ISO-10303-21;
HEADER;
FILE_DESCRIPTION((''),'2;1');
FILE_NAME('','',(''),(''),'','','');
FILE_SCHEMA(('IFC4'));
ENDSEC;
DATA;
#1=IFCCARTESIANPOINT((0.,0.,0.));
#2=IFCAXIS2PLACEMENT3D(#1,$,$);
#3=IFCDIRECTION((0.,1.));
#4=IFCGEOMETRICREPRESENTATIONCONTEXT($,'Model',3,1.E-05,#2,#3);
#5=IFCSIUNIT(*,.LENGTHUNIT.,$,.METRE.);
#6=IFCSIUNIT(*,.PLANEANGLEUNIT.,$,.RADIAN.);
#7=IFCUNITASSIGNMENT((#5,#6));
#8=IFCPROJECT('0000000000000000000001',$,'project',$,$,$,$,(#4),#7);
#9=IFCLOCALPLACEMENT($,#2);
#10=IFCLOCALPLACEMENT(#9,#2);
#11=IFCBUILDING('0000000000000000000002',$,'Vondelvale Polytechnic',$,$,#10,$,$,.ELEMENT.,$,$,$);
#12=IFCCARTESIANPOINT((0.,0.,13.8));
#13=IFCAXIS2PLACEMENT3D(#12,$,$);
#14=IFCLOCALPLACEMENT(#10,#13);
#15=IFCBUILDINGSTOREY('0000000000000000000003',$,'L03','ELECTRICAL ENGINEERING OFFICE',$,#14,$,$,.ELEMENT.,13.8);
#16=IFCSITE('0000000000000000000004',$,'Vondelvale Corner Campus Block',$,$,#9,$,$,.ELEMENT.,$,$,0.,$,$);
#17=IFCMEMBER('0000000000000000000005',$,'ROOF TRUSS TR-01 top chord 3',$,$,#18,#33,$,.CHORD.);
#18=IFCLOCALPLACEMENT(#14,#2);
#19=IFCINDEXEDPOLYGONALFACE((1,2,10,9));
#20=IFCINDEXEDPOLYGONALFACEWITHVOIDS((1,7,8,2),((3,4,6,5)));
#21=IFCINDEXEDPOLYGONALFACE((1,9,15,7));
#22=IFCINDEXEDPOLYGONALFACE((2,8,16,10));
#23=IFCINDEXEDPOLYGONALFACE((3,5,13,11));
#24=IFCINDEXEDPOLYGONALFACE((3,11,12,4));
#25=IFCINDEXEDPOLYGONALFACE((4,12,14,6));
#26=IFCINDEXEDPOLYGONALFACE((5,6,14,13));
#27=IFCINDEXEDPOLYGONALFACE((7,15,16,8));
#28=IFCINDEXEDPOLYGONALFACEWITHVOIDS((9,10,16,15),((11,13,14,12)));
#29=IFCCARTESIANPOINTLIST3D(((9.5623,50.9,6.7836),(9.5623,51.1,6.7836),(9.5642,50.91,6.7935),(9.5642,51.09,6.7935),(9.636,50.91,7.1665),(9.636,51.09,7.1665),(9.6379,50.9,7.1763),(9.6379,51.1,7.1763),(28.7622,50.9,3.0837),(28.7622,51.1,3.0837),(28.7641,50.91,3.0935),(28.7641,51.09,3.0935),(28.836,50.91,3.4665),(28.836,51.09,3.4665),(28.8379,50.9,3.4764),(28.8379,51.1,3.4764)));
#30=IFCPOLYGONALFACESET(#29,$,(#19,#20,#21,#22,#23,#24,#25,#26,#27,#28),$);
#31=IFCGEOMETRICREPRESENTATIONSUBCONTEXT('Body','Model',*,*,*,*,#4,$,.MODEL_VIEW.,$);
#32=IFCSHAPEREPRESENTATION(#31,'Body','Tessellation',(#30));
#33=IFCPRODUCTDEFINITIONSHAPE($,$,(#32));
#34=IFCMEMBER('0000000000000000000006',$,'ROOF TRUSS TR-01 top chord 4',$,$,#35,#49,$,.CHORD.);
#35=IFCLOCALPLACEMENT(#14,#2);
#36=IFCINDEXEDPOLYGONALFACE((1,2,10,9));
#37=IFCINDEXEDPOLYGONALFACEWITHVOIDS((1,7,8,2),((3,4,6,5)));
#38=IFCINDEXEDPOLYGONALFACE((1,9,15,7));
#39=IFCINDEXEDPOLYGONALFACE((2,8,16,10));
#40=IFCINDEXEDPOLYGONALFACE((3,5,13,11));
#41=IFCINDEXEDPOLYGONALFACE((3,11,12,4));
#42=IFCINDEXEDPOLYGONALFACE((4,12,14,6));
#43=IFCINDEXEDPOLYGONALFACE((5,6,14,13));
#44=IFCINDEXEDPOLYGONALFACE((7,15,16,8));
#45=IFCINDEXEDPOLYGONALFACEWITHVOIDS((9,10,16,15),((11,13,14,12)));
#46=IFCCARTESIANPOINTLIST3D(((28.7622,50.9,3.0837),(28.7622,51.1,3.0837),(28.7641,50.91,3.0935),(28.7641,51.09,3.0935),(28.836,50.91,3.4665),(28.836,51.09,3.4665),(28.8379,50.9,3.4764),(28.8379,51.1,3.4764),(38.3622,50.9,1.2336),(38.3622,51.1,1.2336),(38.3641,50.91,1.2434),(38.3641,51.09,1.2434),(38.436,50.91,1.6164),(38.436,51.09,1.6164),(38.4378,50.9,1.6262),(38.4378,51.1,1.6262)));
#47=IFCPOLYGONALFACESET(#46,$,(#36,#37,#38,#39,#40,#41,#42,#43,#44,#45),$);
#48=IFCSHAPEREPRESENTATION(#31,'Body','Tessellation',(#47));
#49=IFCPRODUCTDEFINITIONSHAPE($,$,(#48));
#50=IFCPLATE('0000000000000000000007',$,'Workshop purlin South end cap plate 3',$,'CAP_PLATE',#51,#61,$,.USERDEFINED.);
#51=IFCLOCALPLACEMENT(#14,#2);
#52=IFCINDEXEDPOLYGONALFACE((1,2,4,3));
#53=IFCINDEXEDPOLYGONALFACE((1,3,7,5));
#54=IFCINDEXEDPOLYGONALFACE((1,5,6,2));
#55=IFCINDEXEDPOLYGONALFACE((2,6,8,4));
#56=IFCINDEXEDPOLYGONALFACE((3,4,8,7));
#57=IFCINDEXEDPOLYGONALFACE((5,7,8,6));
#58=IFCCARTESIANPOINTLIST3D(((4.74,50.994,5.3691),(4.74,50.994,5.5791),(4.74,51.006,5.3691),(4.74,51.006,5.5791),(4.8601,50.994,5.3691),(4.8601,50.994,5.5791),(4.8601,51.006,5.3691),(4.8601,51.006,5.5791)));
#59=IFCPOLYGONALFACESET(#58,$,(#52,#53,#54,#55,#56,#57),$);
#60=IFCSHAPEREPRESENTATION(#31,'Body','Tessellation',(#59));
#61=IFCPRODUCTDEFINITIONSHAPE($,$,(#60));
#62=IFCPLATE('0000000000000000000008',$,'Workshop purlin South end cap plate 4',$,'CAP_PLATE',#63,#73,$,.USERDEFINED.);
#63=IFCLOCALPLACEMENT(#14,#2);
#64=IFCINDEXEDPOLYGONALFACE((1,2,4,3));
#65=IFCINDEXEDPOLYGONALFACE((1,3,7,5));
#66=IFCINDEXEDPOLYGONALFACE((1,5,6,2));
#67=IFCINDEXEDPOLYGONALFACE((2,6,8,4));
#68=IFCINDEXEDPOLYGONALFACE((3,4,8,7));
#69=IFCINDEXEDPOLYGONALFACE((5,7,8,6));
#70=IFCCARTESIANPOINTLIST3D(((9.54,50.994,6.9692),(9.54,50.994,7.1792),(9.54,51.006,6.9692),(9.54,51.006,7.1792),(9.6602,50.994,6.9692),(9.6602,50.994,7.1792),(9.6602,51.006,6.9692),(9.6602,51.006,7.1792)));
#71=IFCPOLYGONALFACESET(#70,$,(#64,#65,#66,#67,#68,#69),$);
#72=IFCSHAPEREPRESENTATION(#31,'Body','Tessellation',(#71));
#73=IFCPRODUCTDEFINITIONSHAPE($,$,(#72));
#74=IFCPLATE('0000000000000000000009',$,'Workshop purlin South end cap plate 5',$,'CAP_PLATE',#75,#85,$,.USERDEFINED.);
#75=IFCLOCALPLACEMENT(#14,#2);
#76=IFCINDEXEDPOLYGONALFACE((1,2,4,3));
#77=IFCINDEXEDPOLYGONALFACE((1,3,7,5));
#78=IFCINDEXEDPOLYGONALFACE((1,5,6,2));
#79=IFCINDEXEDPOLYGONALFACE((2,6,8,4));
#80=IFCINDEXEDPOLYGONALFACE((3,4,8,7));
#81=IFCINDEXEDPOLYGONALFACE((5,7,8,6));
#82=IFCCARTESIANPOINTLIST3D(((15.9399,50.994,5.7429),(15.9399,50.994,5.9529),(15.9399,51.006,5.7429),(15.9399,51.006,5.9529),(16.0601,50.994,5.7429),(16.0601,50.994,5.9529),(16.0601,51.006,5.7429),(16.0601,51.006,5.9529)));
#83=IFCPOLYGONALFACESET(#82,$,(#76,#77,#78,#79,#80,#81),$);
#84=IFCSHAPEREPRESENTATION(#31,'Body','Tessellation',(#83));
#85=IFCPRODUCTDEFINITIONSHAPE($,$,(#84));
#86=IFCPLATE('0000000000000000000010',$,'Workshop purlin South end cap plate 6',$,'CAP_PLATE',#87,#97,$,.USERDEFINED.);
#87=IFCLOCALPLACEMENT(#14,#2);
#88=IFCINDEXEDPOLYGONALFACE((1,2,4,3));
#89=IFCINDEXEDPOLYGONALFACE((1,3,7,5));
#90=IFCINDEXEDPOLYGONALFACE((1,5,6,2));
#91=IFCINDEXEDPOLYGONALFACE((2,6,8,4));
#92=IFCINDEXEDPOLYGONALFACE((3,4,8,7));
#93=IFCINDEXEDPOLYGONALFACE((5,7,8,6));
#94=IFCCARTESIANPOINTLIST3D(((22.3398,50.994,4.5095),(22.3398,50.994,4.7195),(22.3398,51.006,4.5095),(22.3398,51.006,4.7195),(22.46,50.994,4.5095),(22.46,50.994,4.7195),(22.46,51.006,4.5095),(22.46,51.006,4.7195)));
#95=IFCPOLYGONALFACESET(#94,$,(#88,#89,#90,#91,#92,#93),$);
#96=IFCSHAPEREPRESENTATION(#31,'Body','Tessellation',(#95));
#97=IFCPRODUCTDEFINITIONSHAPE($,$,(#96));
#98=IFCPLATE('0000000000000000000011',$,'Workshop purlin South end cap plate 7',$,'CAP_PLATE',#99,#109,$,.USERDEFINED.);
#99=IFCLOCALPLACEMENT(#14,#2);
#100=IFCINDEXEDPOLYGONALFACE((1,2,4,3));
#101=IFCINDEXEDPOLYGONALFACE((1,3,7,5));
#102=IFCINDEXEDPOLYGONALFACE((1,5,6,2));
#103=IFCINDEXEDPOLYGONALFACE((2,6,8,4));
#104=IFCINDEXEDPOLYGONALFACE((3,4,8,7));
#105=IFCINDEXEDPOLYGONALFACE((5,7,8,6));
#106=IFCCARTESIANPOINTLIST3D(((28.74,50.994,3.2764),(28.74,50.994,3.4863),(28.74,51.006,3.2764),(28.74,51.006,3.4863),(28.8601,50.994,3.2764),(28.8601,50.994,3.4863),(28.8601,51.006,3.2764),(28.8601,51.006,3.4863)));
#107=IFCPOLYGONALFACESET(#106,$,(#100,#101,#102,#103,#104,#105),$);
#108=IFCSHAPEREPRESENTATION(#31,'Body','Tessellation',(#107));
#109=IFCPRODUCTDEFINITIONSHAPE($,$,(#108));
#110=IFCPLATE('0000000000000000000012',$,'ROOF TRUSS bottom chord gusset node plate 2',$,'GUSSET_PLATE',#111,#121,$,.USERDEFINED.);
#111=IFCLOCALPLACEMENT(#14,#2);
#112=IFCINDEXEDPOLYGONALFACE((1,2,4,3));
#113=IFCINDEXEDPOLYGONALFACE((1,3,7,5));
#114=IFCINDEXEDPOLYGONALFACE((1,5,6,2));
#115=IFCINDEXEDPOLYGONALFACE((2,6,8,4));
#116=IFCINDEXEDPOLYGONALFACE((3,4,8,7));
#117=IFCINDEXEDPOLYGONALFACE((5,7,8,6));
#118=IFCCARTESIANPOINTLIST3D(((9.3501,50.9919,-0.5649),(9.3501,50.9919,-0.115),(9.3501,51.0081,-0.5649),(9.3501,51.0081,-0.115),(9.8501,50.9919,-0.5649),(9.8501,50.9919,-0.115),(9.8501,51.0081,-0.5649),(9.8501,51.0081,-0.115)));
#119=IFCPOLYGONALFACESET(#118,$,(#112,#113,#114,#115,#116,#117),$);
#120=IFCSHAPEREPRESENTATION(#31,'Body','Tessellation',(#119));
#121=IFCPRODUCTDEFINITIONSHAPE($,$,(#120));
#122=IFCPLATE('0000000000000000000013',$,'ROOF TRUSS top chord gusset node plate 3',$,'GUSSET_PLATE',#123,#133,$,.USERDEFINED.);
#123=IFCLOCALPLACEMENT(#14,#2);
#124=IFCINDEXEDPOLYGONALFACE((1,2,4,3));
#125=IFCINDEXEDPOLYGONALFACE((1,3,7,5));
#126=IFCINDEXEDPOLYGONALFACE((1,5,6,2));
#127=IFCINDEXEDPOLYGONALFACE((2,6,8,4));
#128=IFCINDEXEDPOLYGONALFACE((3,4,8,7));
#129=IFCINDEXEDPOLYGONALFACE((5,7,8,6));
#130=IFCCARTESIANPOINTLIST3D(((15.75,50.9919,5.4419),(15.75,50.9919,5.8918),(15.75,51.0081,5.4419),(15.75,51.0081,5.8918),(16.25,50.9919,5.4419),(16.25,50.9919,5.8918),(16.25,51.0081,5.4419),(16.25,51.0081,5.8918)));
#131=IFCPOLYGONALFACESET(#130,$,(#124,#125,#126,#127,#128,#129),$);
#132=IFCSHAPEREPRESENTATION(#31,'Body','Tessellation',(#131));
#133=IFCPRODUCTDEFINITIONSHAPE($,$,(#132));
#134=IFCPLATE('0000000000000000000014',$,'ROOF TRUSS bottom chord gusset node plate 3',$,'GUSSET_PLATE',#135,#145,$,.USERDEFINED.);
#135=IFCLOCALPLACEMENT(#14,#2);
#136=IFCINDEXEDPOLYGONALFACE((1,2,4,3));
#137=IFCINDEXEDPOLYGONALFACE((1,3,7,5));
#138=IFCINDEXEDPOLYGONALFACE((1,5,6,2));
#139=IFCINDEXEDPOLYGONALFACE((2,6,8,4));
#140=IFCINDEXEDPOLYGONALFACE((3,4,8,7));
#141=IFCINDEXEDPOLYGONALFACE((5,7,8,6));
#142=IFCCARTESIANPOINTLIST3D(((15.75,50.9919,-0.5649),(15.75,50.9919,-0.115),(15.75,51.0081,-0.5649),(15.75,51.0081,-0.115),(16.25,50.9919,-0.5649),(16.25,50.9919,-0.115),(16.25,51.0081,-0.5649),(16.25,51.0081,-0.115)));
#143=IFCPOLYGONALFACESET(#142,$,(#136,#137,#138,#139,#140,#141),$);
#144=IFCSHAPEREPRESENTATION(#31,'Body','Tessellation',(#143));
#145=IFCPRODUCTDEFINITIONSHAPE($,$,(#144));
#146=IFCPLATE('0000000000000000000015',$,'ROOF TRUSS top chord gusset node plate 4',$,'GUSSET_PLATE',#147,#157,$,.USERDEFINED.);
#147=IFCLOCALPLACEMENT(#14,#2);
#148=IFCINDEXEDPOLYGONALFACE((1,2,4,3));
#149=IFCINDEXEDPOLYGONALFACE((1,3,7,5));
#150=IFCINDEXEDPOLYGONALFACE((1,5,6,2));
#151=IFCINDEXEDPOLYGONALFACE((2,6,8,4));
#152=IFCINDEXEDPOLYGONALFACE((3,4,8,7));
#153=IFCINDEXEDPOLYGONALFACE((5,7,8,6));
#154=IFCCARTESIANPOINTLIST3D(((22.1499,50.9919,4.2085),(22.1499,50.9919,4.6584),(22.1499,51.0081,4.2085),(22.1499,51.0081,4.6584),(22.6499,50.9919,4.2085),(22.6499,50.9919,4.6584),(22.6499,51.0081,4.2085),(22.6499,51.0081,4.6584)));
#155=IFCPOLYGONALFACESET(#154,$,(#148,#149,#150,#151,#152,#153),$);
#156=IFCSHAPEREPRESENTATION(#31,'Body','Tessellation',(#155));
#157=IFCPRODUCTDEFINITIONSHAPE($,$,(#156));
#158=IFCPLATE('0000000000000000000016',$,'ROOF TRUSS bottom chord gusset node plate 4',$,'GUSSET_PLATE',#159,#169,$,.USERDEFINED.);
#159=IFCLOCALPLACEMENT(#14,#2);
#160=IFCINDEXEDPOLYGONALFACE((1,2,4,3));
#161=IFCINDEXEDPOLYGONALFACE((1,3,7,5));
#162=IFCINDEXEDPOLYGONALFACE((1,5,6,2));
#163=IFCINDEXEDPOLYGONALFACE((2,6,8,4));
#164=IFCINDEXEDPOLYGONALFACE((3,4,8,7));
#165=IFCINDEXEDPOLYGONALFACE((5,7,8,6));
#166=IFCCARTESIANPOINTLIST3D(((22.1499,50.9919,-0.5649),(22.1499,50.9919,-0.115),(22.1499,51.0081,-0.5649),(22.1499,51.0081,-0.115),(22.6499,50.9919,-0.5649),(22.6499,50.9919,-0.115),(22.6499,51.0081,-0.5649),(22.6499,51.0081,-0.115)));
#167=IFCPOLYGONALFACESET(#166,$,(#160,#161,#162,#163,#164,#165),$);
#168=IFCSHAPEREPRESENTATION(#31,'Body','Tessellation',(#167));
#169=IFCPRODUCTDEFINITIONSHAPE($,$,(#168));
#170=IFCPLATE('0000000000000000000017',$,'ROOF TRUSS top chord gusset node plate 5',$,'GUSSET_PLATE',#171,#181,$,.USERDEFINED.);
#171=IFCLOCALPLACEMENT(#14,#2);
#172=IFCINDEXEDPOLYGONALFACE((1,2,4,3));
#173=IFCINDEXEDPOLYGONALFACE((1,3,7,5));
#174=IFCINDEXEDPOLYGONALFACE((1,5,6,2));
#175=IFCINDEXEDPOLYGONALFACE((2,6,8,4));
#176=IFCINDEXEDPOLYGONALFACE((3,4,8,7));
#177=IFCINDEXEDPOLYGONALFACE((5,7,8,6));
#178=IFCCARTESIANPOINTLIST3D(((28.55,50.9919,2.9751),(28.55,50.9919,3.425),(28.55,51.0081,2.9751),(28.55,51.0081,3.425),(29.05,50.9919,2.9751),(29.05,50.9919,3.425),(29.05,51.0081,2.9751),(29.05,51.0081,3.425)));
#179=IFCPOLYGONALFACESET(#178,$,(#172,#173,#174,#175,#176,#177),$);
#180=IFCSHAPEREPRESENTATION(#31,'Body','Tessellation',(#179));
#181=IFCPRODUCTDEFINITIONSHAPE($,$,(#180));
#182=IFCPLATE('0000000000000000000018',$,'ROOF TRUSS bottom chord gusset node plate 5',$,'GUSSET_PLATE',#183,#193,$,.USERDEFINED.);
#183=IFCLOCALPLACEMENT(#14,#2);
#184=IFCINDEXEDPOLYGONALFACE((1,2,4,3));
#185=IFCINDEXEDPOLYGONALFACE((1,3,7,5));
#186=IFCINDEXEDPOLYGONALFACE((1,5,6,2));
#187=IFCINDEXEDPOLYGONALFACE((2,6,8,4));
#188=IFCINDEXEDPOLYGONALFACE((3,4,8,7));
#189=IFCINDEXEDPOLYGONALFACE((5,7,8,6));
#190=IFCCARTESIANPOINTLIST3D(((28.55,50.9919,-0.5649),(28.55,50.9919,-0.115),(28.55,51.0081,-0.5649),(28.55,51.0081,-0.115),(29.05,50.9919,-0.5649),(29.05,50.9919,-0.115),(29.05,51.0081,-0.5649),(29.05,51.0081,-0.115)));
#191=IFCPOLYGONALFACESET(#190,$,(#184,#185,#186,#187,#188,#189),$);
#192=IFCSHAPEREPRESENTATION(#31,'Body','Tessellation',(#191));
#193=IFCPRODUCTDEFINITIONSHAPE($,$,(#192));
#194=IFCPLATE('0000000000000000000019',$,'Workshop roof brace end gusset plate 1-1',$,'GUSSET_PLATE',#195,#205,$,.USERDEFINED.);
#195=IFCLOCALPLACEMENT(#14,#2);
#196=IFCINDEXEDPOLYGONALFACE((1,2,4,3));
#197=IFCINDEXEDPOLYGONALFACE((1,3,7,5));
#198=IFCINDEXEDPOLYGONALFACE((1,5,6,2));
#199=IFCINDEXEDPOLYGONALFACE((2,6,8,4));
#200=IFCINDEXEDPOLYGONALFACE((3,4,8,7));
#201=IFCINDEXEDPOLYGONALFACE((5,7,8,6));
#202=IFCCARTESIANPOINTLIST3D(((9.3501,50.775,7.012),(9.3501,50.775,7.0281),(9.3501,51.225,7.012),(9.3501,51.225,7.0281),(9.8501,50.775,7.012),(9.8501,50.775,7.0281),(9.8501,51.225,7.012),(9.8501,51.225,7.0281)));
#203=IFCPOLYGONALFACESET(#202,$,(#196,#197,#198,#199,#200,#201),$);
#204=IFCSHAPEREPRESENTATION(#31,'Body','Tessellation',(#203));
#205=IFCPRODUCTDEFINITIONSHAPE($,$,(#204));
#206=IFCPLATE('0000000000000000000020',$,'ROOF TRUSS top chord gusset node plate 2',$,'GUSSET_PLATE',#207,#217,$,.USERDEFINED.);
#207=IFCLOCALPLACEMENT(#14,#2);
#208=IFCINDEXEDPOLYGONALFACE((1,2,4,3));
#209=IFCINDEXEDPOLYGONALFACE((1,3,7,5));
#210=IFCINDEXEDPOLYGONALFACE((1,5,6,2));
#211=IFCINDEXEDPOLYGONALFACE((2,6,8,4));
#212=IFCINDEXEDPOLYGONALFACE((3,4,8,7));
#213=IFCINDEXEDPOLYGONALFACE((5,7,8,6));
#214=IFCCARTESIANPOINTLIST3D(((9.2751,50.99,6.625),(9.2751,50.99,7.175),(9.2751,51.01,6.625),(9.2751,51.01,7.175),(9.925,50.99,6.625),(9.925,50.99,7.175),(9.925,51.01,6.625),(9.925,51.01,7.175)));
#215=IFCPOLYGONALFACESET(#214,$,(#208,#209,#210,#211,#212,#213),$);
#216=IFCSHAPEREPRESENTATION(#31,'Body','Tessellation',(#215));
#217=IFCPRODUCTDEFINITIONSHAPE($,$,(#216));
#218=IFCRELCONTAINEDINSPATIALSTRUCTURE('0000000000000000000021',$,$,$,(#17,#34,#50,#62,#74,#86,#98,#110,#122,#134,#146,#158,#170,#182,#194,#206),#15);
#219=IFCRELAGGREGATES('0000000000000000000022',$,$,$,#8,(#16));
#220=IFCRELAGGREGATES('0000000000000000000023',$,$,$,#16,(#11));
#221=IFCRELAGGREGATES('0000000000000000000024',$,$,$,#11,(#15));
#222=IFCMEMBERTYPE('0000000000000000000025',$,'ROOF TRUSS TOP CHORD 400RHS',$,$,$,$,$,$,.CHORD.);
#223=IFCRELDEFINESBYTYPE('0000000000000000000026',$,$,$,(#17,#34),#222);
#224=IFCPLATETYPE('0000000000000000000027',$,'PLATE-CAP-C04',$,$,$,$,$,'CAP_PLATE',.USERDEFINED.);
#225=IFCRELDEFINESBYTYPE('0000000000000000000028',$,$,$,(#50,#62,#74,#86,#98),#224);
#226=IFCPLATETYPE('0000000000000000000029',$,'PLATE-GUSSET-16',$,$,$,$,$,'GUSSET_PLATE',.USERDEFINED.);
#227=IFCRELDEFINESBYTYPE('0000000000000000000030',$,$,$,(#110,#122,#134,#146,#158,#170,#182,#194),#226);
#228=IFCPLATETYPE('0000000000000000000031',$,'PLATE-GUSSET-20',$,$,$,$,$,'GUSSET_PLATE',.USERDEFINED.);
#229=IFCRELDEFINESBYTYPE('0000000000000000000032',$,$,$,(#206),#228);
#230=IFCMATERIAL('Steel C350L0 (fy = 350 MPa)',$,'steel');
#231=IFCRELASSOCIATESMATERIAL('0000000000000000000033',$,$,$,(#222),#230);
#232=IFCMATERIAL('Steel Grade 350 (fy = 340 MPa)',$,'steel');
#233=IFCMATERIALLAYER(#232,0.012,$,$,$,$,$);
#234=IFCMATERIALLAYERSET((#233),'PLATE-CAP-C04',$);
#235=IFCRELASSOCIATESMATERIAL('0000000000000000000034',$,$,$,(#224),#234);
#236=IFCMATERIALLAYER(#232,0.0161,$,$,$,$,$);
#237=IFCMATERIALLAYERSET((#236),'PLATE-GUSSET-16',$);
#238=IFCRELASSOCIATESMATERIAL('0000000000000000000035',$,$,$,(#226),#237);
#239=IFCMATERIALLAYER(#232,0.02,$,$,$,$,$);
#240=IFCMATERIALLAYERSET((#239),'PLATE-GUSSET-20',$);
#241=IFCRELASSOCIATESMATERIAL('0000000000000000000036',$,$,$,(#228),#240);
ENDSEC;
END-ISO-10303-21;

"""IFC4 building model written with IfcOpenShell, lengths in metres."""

from ifc_helpers import new_model, si_unit, direction, frame, origin, origin_2d, place, context, subcontext, project, spatial, rectangle, hollow_rectangle, extrude, material, layer, layer_set, material_profile, profile_set, type_object, element, save


model = new_model("IFC4")

# Units and contexts
model_context = context("Model", 3, precision=1e-05, world=origin(), true_north=direction((0.0, 1.0)))
body_context = subcontext(model_context, "Body", "Model", "MODEL_VIEW")
ifc_project = project(units=[si_unit("LENGTHUNIT", "METRE"), si_unit("PLANEANGLEUNIT", "RADIAN")], contexts=[model_context])

# Site, building, storey
site_placement = place(None, origin())
site = spatial("IfcSite", under=ifc_project, at=site_placement, Name="Vondelvale Corner Campus Block", CompositionType="ELEMENT", RefElevation=0.0)
building_placement = place(site_placement, origin())
building = spatial("IfcBuilding", under=site, at=building_placement, Name="Vondelvale Polytechnic", CompositionType="ELEMENT")
storey_placement = place(building_placement, frame((0.0, 0.0, 13.8)))
storey = spatial("IfcBuildingStorey", under=building, at=storey_placement, Name="L03", Description="ELECTRICAL ENGINEERING OFFICE", CompositionType="ELEMENT", Elevation=13.8)

# Members
ifc_material_1 = material(Name="Steel C350L0 (fy = 350 MPa)", Category="steel")
ifc_material_profile_1 = material_profile(ifc_material_1, hollow_rectangle(XDim=0.2, YDim=0.3999, WallThickness=0.01, at=origin_2d()), Name="400x200x10.0RHS")
ifc_profile_set_1 = profile_set([ifc_material_profile_1], Name="Steel C350L0 (fy = 350 MPa)")
member_type_1 = type_object("IfcMemberType", Name="ROOF TRUSS TOP CHORD 400RHS", PredefinedType="CHORD", material=ifc_profile_set_1)
member_1_placement = place(storey_placement, frame((9.6001, 51.0, 6.98), z_axis=(0.981934, 0.0, -0.189225), x_axis=(0.0, 1.0, 0.0)))
element("IfcMember", 1, at=member_1_placement, inside=storey, type_object=member_type_1, Name="ROOF TRUSS TR-01 top chord 3", PredefinedType="CHORD", context=body_context, shape_type="SweptSolid", body=[
    extrude(hollow_rectangle(XDim=0.2, YDim=0.3999, WallThickness=0.01, at=origin_2d()), origin(), (0.0, 0.0, 1.0), 19.5532),
])
member_2_placement = place(storey_placement, frame((28.8, 51.0, 3.28), z_axis=(0.981931, 0.0, -0.189239), x_axis=(0.0, 1.0, 0.0)))
element("IfcMember", 2, at=member_2_placement, inside=storey, type_object=member_type_1, Name="ROOF TRUSS TR-01 top chord 4", PredefinedType="CHORD", context=body_context, shape_type="SweptSolid", body=[
    extrude(hollow_rectangle(XDim=0.2, YDim=0.3999, WallThickness=0.01, at=origin_2d()), origin(), (0.0, 0.0, 1.0), 9.7766),
])

# Plates
ifc_material_2 = material(Name="Steel Grade 350 (fy = 340 MPa)", Category="steel")
ifc_layer_1 = layer(ifc_material_2, 0.012)
ifc_layer_set_1 = layer_set([ifc_layer_1], Name="PLATE-CAP-C04")
plate_type_1 = type_object("IfcPlateType", Name="PLATE-CAP-C04", ElementType="CAP_PLATE", PredefinedType="USERDEFINED", material=ifc_layer_set_1)
for number, where, z_axis, x_axis, name in (
    (3, (4.8, 51.0, 5.3691), (0.0, 0.0, 1.0), (1.0, 0.0, 0.0), "Workshop purlin South end cap plate 3"),
    (4, (9.6001, 51.0, 6.9692), (0.0, 0.0, 1.0), (1.0, 0.0, 0.0), "Workshop purlin South end cap plate 4"),
    (5, (16.0, 51.0, 5.7429), (0.0, 0.0, 1.0), (1.0, 0.0, 0.0), "Workshop purlin South end cap plate 5"),
    (6, (22.3999, 51.0, 4.5095), (0.0, 0.0, 1.0), (1.0, 0.0, 0.0), "Workshop purlin South end cap plate 6"),
    (7, (28.8, 51.0, 3.2764), (0.0, 0.0, 1.0), (1.0, 0.0, 0.0), "Workshop purlin South end cap plate 7"),
):
    element("IfcPlate", number, at=place(storey_placement, frame(where, z_axis=z_axis, x_axis=x_axis)), inside=storey, type_object=plate_type_1, Name=name, ObjectType="CAP_PLATE", PredefinedType="USERDEFINED", context=body_context, shape_type="SweptSolid", body=[
        extrude(rectangle(XDim=0.1201, YDim=0.012, at=origin_2d()), origin(), (0.0, 0.0, 1.0), 0.21),
    ])
ifc_layer_2 = layer(ifc_material_2, 0.0161)
ifc_layer_set_2 = layer_set([ifc_layer_2], Name="PLATE-GUSSET-16")
plate_type_2 = type_object("IfcPlateType", Name="PLATE-GUSSET-16", ElementType="GUSSET_PLATE", PredefinedType="USERDEFINED", material=ifc_layer_set_2)
for number, where, z_axis, x_axis, name in (
    (8, (9.6001, 51.0, -0.5649), (0.0, 0.0, 1.0), (1.0, 0.0, 0.0), "ROOF TRUSS bottom chord gusset node plate 2"),
    (9, (16.0, 51.0, 5.4419), (0.0, 0.0, 1.0), (1.0, 0.0, 0.0), "ROOF TRUSS top chord gusset node plate 3"),
    (10, (16.0, 51.0, -0.5649), (0.0, 0.0, 1.0), (1.0, 0.0, 0.0), "ROOF TRUSS bottom chord gusset node plate 3"),
    (11, (22.3999, 51.0, 4.2085), (0.0, 0.0, 1.0), (1.0, 0.0, 0.0), "ROOF TRUSS top chord gusset node plate 4"),
    (12, (22.3999, 51.0, -0.5649), (0.0, 0.0, 1.0), (1.0, 0.0, 0.0), "ROOF TRUSS bottom chord gusset node plate 4"),
    (13, (28.8, 51.0, 2.9751), (0.0, 0.0, 1.0), (1.0, 0.0, 0.0), "ROOF TRUSS top chord gusset node plate 5"),
    (14, (28.8, 51.0, -0.5649), (0.0, 0.0, 1.0), (1.0, 0.0, 0.0), "ROOF TRUSS bottom chord gusset node plate 5"),
):
    element("IfcPlate", number, at=place(storey_placement, frame(where, z_axis=z_axis, x_axis=x_axis)), inside=storey, type_object=plate_type_2, Name=name, ObjectType="GUSSET_PLATE", PredefinedType="USERDEFINED", context=body_context, shape_type="SweptSolid", body=[
        extrude(rectangle(XDim=0.5, YDim=0.0161, at=origin_2d()), origin(), (0.0, 0.0, 1.0), 0.45),
    ])
plate_1_placement = place(storey_placement, frame((9.6001, 51.0, 7.012), z_axis=(0.0, 0.0, 1.0), x_axis=(1.0, 0.0, 0.0)))
element("IfcPlate", 15, at=plate_1_placement, inside=storey, type_object=plate_type_2, Name="Workshop roof brace end gusset plate 1-1", ObjectType="GUSSET_PLATE", PredefinedType="USERDEFINED", context=body_context, shape_type="SweptSolid", body=[
    extrude(rectangle(XDim=0.5, YDim=0.45, at=origin_2d()), origin(), (0.0, 0.0, 1.0), 0.0161),
])
ifc_layer_3 = layer(ifc_material_2, 0.02)
ifc_layer_set_3 = layer_set([ifc_layer_3], Name="PLATE-GUSSET-20")
plate_type_3 = type_object("IfcPlateType", Name="PLATE-GUSSET-20", ElementType="GUSSET_PLATE", PredefinedType="USERDEFINED", material=ifc_layer_set_3)
plate_2_placement = place(storey_placement, frame((9.6001, 51.0, 6.625), z_axis=(0.0, 0.0, 1.0), x_axis=(1.0, 0.0, 0.0)))
element("IfcPlate", 16, at=plate_2_placement, inside=storey, type_object=plate_type_3, Name="ROOF TRUSS top chord gusset node plate 2", ObjectType="GUSSET_PLATE", PredefinedType="USERDEFINED", context=body_context, shape_type="SweptSolid", body=[
    extrude(rectangle(XDim=0.6499, YDim=0.02, at=origin_2d()), origin(), (0.0, 0.0, 1.0), 0.55),
])

save(model, "model.ifc")
